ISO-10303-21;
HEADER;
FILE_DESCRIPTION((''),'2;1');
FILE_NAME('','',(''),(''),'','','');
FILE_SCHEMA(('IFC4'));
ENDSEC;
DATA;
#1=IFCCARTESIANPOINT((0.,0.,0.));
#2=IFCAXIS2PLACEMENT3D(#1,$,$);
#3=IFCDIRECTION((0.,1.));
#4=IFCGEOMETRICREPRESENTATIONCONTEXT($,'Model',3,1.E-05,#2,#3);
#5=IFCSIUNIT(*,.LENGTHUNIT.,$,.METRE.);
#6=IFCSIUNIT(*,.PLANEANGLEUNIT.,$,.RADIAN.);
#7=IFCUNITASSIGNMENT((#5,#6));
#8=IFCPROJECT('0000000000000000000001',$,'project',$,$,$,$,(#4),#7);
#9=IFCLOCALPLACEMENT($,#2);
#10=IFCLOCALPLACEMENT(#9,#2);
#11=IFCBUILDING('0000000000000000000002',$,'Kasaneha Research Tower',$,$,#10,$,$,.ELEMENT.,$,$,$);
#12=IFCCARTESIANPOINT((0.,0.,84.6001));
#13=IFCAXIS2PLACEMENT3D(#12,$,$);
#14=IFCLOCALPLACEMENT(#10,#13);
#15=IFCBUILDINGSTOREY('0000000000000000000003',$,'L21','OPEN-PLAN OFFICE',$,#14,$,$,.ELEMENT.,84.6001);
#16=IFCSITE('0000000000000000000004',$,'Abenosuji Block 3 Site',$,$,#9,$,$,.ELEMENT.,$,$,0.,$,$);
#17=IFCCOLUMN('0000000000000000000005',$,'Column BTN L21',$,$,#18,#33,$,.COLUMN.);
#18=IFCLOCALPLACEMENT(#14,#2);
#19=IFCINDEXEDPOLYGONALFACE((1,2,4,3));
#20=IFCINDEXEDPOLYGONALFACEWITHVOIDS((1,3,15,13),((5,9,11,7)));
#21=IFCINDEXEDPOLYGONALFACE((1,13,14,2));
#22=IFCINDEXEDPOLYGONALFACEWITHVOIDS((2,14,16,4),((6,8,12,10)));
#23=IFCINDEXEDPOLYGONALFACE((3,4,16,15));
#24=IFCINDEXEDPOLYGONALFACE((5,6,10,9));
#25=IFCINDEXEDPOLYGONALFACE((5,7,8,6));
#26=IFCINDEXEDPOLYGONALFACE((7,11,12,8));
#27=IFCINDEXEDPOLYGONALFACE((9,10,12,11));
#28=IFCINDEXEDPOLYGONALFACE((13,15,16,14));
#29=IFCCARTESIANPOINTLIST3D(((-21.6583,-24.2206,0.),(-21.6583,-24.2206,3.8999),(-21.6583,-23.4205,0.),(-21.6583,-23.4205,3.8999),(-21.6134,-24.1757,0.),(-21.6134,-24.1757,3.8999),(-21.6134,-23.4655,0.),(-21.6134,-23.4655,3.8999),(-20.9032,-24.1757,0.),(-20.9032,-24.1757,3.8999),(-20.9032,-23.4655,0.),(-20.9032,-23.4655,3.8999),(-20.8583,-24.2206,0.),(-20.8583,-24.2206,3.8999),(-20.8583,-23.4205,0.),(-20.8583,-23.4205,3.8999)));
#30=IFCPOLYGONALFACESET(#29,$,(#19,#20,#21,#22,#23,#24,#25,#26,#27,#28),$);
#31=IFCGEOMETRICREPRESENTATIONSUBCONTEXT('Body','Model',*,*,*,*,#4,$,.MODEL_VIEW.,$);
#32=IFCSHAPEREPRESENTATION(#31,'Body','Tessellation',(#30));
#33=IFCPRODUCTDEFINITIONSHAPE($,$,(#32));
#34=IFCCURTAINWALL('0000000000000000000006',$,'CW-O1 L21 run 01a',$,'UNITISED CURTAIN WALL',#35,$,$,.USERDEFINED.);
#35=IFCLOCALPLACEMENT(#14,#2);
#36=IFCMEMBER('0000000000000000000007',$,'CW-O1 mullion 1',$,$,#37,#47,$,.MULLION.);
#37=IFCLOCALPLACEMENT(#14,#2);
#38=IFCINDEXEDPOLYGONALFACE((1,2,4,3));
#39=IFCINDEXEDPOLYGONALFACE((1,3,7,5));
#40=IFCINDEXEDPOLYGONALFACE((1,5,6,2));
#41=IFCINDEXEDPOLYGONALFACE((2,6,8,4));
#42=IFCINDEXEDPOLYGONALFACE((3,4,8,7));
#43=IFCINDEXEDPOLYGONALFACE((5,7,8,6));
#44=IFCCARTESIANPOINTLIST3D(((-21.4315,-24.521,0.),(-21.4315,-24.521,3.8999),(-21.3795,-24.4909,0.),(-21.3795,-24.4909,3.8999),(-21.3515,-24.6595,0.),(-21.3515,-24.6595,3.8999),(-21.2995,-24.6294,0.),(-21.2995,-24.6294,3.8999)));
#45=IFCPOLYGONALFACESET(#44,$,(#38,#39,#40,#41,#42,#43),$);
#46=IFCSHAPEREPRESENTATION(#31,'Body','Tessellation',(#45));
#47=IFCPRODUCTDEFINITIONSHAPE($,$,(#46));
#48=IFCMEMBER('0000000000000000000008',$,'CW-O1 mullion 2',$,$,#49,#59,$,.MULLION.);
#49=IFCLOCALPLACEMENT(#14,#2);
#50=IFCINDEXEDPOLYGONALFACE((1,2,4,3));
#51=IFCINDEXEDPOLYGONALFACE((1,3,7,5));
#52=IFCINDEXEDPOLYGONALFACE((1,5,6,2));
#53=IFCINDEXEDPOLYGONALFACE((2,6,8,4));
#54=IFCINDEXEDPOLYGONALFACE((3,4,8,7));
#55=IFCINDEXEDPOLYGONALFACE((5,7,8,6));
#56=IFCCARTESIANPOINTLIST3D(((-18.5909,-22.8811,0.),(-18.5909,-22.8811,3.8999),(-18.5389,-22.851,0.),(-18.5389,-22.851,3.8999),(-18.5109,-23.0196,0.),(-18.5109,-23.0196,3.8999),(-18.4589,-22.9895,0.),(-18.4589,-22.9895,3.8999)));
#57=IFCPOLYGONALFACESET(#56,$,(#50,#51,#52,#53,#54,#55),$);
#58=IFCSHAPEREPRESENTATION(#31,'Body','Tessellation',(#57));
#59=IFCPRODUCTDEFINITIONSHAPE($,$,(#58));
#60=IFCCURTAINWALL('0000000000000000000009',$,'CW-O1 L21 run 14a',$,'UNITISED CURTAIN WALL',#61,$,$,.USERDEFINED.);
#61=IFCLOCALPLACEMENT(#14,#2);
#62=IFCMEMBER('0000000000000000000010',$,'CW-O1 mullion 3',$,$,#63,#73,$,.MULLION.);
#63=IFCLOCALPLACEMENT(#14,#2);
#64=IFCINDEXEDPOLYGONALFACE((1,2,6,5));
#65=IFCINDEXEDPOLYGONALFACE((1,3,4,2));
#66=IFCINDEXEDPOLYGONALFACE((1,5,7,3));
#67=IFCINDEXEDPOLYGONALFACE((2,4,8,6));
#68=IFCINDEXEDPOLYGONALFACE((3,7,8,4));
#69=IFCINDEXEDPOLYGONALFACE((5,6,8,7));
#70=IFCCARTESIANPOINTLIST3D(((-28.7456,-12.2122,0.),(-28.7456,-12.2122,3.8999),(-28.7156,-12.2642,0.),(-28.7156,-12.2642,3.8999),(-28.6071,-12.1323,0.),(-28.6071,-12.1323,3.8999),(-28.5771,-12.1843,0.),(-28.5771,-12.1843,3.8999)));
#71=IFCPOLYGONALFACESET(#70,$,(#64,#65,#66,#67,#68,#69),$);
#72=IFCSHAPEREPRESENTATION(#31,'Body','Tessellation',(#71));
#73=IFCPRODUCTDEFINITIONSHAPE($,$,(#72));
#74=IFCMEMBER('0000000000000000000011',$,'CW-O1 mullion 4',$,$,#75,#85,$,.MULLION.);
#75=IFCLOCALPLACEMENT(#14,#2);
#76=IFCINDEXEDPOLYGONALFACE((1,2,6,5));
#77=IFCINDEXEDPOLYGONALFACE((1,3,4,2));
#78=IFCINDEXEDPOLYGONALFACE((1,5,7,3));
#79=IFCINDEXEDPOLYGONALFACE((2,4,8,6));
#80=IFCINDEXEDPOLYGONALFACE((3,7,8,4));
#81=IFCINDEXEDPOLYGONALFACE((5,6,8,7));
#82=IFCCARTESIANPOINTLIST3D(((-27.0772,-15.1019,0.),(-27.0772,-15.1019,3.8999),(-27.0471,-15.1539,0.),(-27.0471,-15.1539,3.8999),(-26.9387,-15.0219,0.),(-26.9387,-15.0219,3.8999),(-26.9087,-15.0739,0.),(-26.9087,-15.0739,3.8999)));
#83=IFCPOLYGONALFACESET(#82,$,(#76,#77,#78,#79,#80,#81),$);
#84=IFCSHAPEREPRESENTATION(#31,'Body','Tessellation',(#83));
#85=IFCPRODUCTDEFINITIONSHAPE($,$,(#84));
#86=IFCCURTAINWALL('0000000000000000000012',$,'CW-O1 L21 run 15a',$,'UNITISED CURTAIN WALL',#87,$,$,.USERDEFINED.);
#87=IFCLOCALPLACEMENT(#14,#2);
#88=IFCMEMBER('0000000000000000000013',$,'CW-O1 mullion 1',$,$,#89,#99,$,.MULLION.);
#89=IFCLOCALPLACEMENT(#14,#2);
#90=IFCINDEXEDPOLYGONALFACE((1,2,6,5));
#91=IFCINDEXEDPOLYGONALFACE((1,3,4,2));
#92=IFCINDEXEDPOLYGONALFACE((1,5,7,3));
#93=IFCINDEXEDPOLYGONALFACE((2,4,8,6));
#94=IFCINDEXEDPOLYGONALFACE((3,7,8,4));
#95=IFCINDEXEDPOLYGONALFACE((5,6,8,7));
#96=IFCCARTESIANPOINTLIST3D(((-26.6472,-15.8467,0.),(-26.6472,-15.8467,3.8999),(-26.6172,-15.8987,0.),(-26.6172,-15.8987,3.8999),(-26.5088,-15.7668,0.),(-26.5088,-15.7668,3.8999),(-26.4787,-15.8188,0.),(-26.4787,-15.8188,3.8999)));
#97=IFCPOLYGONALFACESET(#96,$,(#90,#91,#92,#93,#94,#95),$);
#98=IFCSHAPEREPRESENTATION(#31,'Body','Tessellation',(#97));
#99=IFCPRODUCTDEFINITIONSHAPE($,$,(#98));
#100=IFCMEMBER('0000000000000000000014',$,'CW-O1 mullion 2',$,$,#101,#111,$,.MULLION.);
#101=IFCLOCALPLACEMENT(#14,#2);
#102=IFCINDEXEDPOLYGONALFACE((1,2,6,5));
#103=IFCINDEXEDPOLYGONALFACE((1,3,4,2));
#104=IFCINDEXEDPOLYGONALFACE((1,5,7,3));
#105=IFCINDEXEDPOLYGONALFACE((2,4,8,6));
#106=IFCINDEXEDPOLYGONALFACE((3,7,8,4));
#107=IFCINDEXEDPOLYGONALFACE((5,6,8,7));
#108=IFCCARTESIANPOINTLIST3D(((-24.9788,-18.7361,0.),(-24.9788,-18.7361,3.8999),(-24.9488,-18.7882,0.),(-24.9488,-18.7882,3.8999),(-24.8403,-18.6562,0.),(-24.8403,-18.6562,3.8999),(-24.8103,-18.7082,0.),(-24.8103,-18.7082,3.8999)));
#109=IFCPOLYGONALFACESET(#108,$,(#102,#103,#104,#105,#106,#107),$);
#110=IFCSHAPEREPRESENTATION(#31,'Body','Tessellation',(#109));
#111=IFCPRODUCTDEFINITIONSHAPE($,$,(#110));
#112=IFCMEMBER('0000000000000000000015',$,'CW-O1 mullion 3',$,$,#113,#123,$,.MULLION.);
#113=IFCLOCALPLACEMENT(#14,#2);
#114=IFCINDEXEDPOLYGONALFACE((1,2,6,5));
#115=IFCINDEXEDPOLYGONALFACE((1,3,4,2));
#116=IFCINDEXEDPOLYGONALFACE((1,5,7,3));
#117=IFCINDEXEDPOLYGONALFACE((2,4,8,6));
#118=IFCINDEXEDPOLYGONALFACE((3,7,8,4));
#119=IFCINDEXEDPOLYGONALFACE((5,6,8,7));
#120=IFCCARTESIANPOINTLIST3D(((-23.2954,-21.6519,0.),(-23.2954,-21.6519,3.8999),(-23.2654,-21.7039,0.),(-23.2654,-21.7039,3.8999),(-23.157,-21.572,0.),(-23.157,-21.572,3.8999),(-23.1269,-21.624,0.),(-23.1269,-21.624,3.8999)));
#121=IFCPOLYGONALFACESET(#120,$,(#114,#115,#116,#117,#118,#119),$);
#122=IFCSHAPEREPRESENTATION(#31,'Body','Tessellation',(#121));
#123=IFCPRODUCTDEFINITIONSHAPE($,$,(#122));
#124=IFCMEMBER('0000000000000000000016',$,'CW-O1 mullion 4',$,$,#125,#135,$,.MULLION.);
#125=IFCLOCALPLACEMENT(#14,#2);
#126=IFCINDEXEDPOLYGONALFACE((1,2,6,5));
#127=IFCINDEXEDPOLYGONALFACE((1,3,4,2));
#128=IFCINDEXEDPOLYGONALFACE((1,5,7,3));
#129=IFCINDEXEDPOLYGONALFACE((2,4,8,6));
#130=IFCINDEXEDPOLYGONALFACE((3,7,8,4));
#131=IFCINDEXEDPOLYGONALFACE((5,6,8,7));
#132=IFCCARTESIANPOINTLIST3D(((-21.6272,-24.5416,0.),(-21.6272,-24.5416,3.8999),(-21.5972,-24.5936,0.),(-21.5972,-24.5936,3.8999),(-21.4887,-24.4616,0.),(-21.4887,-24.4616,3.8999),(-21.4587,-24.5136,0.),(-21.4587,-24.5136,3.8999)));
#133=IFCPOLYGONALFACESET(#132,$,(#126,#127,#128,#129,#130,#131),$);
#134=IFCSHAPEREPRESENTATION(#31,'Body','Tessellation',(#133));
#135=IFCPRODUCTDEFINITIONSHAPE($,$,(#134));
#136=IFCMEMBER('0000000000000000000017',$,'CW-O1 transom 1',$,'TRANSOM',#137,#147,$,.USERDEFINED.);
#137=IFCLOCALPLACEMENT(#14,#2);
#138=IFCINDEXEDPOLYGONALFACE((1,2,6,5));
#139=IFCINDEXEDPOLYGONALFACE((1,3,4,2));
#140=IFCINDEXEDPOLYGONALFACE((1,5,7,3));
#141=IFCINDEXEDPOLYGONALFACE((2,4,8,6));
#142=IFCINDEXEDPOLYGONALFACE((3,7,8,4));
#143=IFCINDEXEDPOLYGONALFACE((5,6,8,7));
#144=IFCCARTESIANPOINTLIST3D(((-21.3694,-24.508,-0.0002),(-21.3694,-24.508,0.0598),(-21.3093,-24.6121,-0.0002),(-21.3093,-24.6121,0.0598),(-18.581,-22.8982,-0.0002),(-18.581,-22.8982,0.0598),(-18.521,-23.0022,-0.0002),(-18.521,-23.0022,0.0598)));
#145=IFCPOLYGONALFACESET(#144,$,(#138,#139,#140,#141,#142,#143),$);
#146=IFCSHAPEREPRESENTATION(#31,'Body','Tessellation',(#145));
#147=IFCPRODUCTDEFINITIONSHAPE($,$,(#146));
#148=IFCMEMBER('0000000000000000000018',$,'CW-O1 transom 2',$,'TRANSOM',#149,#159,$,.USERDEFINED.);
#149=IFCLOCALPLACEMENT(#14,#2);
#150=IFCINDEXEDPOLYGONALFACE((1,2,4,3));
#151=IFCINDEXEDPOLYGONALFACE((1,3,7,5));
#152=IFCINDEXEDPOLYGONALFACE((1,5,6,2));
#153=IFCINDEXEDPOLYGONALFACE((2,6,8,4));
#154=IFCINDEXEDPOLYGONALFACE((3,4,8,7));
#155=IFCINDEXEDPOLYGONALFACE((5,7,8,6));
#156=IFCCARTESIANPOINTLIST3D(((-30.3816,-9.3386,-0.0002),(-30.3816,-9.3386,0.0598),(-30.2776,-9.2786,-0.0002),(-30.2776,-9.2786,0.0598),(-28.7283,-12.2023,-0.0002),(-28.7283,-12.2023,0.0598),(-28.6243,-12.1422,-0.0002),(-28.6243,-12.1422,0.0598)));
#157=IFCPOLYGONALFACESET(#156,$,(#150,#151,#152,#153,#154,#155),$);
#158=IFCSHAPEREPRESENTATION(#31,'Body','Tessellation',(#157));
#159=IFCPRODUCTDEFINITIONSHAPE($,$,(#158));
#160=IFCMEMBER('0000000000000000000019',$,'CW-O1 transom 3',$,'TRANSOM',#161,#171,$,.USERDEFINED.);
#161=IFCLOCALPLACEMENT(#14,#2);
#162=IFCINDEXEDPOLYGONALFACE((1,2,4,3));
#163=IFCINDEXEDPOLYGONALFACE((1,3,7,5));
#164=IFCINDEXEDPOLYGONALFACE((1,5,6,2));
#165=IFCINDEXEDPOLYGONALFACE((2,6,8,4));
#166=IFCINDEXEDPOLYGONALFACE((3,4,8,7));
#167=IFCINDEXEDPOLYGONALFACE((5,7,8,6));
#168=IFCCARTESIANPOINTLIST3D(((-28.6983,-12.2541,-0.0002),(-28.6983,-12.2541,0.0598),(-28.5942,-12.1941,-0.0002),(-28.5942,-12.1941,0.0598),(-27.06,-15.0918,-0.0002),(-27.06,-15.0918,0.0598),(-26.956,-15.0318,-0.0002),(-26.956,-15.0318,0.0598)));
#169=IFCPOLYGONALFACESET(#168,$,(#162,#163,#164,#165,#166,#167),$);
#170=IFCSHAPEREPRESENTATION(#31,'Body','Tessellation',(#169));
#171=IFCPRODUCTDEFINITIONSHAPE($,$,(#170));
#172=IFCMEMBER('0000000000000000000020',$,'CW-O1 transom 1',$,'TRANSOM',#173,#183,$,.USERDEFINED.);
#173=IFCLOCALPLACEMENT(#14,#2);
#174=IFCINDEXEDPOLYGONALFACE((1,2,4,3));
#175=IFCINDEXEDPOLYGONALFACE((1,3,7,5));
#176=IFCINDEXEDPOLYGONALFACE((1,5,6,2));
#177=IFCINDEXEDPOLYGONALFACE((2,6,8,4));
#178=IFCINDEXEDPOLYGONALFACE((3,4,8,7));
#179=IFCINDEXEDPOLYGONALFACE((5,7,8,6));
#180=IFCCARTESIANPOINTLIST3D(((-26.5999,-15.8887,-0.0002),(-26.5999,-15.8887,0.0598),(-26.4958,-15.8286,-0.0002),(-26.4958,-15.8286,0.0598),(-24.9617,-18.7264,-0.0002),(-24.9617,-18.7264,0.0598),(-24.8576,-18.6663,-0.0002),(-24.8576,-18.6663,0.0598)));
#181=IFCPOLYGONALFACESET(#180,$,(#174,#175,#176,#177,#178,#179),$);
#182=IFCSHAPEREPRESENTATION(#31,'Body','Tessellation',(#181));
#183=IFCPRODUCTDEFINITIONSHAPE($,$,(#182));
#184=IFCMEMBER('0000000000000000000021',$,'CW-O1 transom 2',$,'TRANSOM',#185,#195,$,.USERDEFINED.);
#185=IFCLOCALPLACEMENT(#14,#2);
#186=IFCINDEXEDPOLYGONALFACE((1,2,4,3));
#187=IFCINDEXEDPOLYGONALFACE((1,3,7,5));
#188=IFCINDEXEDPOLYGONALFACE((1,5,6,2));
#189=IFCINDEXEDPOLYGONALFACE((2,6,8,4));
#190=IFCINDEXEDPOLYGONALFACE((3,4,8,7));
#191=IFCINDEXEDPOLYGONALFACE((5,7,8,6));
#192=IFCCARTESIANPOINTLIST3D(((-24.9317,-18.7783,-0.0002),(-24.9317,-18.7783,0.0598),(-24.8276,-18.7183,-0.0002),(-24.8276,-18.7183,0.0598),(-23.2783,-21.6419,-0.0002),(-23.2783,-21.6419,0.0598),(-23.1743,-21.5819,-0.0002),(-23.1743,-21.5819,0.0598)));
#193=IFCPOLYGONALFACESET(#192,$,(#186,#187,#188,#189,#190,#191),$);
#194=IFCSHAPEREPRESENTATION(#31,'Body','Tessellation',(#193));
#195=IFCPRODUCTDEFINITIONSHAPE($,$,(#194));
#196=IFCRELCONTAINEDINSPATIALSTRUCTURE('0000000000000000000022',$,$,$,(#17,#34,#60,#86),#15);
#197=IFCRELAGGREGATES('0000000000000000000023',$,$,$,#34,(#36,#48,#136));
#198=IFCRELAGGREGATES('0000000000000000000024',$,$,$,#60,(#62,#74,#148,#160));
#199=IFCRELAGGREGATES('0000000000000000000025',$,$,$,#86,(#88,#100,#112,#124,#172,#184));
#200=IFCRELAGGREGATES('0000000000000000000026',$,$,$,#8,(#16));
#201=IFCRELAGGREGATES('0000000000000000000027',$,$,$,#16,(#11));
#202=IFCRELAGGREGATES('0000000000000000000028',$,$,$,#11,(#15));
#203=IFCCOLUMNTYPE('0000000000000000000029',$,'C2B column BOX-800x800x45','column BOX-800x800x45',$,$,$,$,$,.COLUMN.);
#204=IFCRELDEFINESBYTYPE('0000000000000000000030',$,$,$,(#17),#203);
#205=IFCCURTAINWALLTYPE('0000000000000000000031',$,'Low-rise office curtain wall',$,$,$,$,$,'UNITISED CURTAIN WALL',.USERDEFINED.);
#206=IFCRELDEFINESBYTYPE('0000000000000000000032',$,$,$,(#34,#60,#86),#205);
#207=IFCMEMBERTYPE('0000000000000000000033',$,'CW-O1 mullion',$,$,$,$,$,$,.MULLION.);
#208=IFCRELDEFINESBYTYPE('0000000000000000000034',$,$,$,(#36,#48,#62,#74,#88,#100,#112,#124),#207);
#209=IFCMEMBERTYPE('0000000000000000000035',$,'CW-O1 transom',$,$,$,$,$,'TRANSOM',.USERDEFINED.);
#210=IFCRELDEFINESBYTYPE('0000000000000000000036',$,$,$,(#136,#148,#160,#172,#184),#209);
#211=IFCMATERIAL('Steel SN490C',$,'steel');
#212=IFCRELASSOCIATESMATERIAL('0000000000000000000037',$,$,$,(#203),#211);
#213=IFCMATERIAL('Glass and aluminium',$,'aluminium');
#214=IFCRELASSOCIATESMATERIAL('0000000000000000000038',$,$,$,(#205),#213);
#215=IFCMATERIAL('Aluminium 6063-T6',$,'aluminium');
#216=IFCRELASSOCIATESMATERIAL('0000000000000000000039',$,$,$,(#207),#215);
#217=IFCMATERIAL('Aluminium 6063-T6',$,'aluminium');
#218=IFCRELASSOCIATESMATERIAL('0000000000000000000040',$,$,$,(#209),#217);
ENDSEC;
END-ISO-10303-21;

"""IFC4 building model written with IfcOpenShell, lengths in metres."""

from ifc_helpers import new_model, si_unit, direction, frame, origin, origin_2d, place, context, subcontext, project, spatial, rectangle, hollow_rectangle, extrude, material, material_profile, profile_set, type_object, element, aggregate, save


model = new_model("IFC4")

# Units and contexts
model_context = context("Model", 3, precision=1e-05, world=origin(), true_north=direction((0.0, 1.0)))
body_context = subcontext(model_context, "Body", "Model", "MODEL_VIEW")
ifc_project = project(units=[si_unit("LENGTHUNIT", "METRE"), si_unit("PLANEANGLEUNIT", "RADIAN")], contexts=[model_context])

# Site, building, storey
site_placement = place(None, origin())
site = spatial("IfcSite", under=ifc_project, at=site_placement, Name="Abenosuji Block 3 Site", CompositionType="ELEMENT", RefElevation=0.0)
building_placement = place(site_placement, origin())
building = spatial("IfcBuilding", under=site, at=building_placement, Name="Kasaneha Research Tower", CompositionType="ELEMENT")
storey_placement = place(building_placement, frame((0.0, 0.0, 84.6001)))
storey = spatial("IfcBuildingStorey", under=building, at=storey_placement, Name="L21", Description="OPEN-PLAN OFFICE", CompositionType="ELEMENT", Elevation=84.6001)

# Column
ifc_material_1 = material(Name="Steel SN490C", Category="steel")
ifc_material_profile_1 = material_profile(ifc_material_1, hollow_rectangle(XDim=0.8, YDim=0.8, WallThickness=0.0449, at=origin_2d()), Name="BOX-800x800x45")
ifc_profile_set_1 = profile_set([ifc_material_profile_1], Name="Steel SN490C")
column_type = type_object("IfcColumnType", Name="C2B column BOX-800x800x45", Description="column BOX-800x800x45", PredefinedType="COLUMN", material=ifc_profile_set_1)
column_placement = place(storey_placement, frame((-21.2583, -23.8206, 0.0), z_axis=(0.0, 0.0, 1.0), x_axis=(1.0, 0.0, 0.0)))
element("IfcColumn", 1, at=column_placement, inside=storey, type_object=column_type, Name="Column BTN L21", PredefinedType="COLUMN", context=body_context, shape_type="SweptSolid", body=[
    extrude(hollow_rectangle(XDim=0.8, YDim=0.8, WallThickness=0.0449, at=origin_2d()), origin(), (0.0, 0.0, 1.0), 3.8999),
])

# Curtain walls, members
ifc_material_2 = material(Name="Glass and aluminium", Category="aluminium")
curtain_wall_type = type_object("IfcCurtainWallType", Name="Low-rise office curtain wall", ElementType="UNITISED CURTAIN WALL", PredefinedType="USERDEFINED", material=ifc_material_2)
curtain_wall_1_placement = place(storey_placement, origin())
curtain_wall_1 = element("IfcCurtainWall", 2, at=curtain_wall_1_placement, inside=storey, type_object=curtain_wall_type, Name="CW-O1 L21 run 01a", ObjectType="UNITISED CURTAIN WALL", PredefinedType="USERDEFINED")
ifc_material_3 = material(Name="Aluminium 6063-T6", Category="aluminium")
ifc_material_profile_2 = material_profile(ifc_material_3, rectangle(XDim=0.0601, YDim=0.1599, at=origin_2d()), Name="CW-O1 mullion 60x160")
ifc_profile_set_2 = profile_set([ifc_material_profile_2], Name="Aluminium 6063-T6")
member_type_1 = type_object("IfcMemberType", Name="CW-O1 mullion", PredefinedType="MULLION", material=ifc_profile_set_2)
member_1_placement = place(storey_placement, frame((-21.3655, -24.5752, 0.0), z_axis=(0.0, 0.0, 1.0), x_axis=(0.866025, 0.5, 0.0)))
member_1 = element("IfcMember", 3, at=member_1_placement, type_object=member_type_1, Name="CW-O1 mullion 1", PredefinedType="MULLION", context=body_context, shape_type="SweptSolid", body=[
    extrude(rectangle(XDim=0.0601, YDim=0.1599, at=origin_2d()), origin(), (0.0, 0.0, 1.0), 3.8999),
])
member_2_placement = place(storey_placement, frame((-18.5249, -22.9353, 0.0), z_axis=(0.0, 0.0, 1.0), x_axis=(0.866025, 0.5, 0.0)))
member_2 = element("IfcMember", 4, at=member_2_placement, type_object=member_type_1, Name="CW-O1 mullion 2", PredefinedType="MULLION", context=body_context, shape_type="SweptSolid", body=[
    extrude(rectangle(XDim=0.0601, YDim=0.1599, at=origin_2d()), origin(), (0.0, 0.0, 1.0), 3.8999),
])
curtain_wall_2_placement = place(storey_placement, origin())
curtain_wall_2 = element("IfcCurtainWall", 5, at=curtain_wall_2_placement, inside=storey, type_object=curtain_wall_type, Name="CW-O1 L21 run 14a", ObjectType="UNITISED CURTAIN WALL", PredefinedType="USERDEFINED")
member_3_placement = place(storey_placement, frame((-28.6614, -12.1982, 0.0), z_axis=(0.0, 0.0, 1.0), x_axis=(0.5, -0.866025, 0.0)))
member_3 = element("IfcMember", 6, at=member_3_placement, type_object=member_type_1, Name="CW-O1 mullion 3", PredefinedType="MULLION", context=body_context, shape_type="SweptSolid", body=[
    extrude(rectangle(XDim=0.0601, YDim=0.1599, at=origin_2d()), origin(), (0.0, 0.0, 1.0), 3.8999),
])
member_4_placement = place(storey_placement, frame((-26.9929, -15.0879, 0.0), z_axis=(0.0, 0.0, 1.0), x_axis=(0.5, -0.866025, 0.0)))
member_4 = element("IfcMember", 7, at=member_4_placement, type_object=member_type_1, Name="CW-O1 mullion 4", PredefinedType="MULLION", context=body_context, shape_type="SweptSolid", body=[
    extrude(rectangle(XDim=0.0601, YDim=0.1599, at=origin_2d()), origin(), (0.0, 0.0, 1.0), 3.8999),
])
curtain_wall_3_placement = place(storey_placement, origin())
curtain_wall_3 = element("IfcCurtainWall", 8, at=curtain_wall_3_placement, inside=storey, type_object=curtain_wall_type, Name="CW-O1 L21 run 15a", ObjectType="UNITISED CURTAIN WALL", PredefinedType="USERDEFINED")
member_5_placement = place(storey_placement, frame((-26.563, -15.8328, 0.0), z_axis=(0.0, 0.0, 1.0), x_axis=(0.5, -0.866025, 0.0)))
member_5 = element("IfcMember", 9, at=member_5_placement, type_object=member_type_1, Name="CW-O1 mullion 1", PredefinedType="MULLION", context=body_context, shape_type="SweptSolid", body=[
    extrude(rectangle(XDim=0.0601, YDim=0.1599, at=origin_2d()), origin(), (0.0, 0.0, 1.0), 3.8999),
])
member_6_placement = place(storey_placement, frame((-24.8945, -18.7222, 0.0), z_axis=(0.0, 0.0, 1.0), x_axis=(0.5, -0.866025, 0.0)))
member_6 = element("IfcMember", 10, at=member_6_placement, type_object=member_type_1, Name="CW-O1 mullion 2", PredefinedType="MULLION", context=body_context, shape_type="SweptSolid", body=[
    extrude(rectangle(XDim=0.0601, YDim=0.1599, at=origin_2d()), origin(), (0.0, 0.0, 1.0), 3.8999),
])
member_7_placement = place(storey_placement, frame((-23.2112, -21.6379, 0.0), z_axis=(0.0, 0.0, 1.0), x_axis=(0.5, -0.866025, 0.0)))
member_7 = element("IfcMember", 11, at=member_7_placement, type_object=member_type_1, Name="CW-O1 mullion 3", PredefinedType="MULLION", context=body_context, shape_type="SweptSolid", body=[
    extrude(rectangle(XDim=0.0601, YDim=0.1599, at=origin_2d()), origin(), (0.0, 0.0, 1.0), 3.8999),
])
member_8_placement = place(storey_placement, frame((-21.543, -24.5276, 0.0), z_axis=(0.0, 0.0, 1.0), x_axis=(0.5, -0.866025, 0.0)))
member_8 = element("IfcMember", 12, at=member_8_placement, type_object=member_type_1, Name="CW-O1 mullion 4", PredefinedType="MULLION", context=body_context, shape_type="SweptSolid", body=[
    extrude(rectangle(XDim=0.0601, YDim=0.1599, at=origin_2d()), origin(), (0.0, 0.0, 1.0), 3.8999),
])

# Members
ifc_material_4 = material(Name="Aluminium 6063-T6", Category="aluminium")
ifc_material_profile_3 = material_profile(ifc_material_4, rectangle(XDim=0.1201, YDim=0.0601, at=origin_2d()), Name="CW-O1 transom 120x60")
ifc_profile_set_3 = profile_set([ifc_material_profile_3], Name="Aluminium 6063-T6")
member_type_2 = type_object("IfcMemberType", Name="CW-O1 transom", ElementType="TRANSOM", PredefinedType="USERDEFINED", material=ifc_profile_set_3)
member_9_placement = place(storey_placement, frame((-21.3394, -24.5601, 0.0298), z_axis=(0.866023, 0.500005, 0.0), x_axis=(-0.500005, 0.866023, 0.0)))
member_9 = element("IfcMember", 13, at=member_9_placement, type_object=member_type_2, Name="CW-O1 transom 1", ObjectType="TRANSOM", PredefinedType="USERDEFINED", context=body_context, shape_type="SweptSolid", body=[
    extrude(rectangle(XDim=0.1201, YDim=0.0601, at=origin_2d()), origin(), (0.0, 0.0, 1.0), 3.2197),
])
member_10_placement = place(storey_placement, frame((-30.3296, -9.3086, 0.0298), z_axis=(0.499982, -0.866036, 0.0), x_axis=(0.866036, 0.499982, 0.0)))
member_10 = element("IfcMember", 14, at=member_10_placement, type_object=member_type_2, Name="CW-O1 transom 2", ObjectType="TRANSOM", PredefinedType="USERDEFINED", context=body_context, shape_type="SweptSolid", body=[
    extrude(rectangle(XDim=0.1201, YDim=0.0601, at=origin_2d()), origin(), (0.0, 0.0, 1.0), 3.3066),
])
member_11_placement = place(storey_placement, frame((-28.6462, -12.2241, 0.0298), z_axis=(0.49997, -0.866043, 0.0), x_axis=(0.866043, 0.49997, 0.0)))
member_11 = element("IfcMember", 15, at=member_11_placement, type_object=member_type_2, Name="CW-O1 transom 3", ObjectType="TRANSOM", PredefinedType="USERDEFINED", context=body_context, shape_type="SweptSolid", body=[
    extrude(rectangle(XDim=0.1201, YDim=0.0601, at=origin_2d()), origin(), (0.0, 0.0, 1.0), 3.2766),
])
member_12_placement = place(storey_placement, frame((-26.5479, -15.8586, 0.0298), z_axis=(0.49997, -0.866043, 0.0), x_axis=(0.866043, 0.49997, 0.0)))
member_12 = element("IfcMember", 16, at=member_12_placement, type_object=member_type_2, Name="CW-O1 transom 1", ObjectType="TRANSOM", PredefinedType="USERDEFINED", context=body_context, shape_type="SweptSolid", body=[
    extrude(rectangle(XDim=0.1201, YDim=0.0601, at=origin_2d()), origin(), (0.0, 0.0, 1.0), 3.2766),
])
member_13_placement = place(storey_placement, frame((-24.8796, -18.7483, 0.0298), z_axis=(0.500014, -0.866017, 0.0), x_axis=(0.866017, 0.500014, 0.0)))
member_13 = element("IfcMember", 17, at=member_13_placement, type_object=member_type_2, Name="CW-O1 transom 2", ObjectType="TRANSOM", PredefinedType="USERDEFINED", context=body_context, shape_type="SweptSolid", body=[
    extrude(rectangle(XDim=0.1201, YDim=0.0601, at=origin_2d()), origin(), (0.0, 0.0, 1.0), 3.3066),
])

aggregate(curtain_wall_1, [member_1, member_2, member_9])
aggregate(curtain_wall_2, [member_3, member_4, member_10, member_11])
aggregate(curtain_wall_3, [member_5, member_6, member_7, member_8, member_12, member_13])

save(model, "model.ifc")
